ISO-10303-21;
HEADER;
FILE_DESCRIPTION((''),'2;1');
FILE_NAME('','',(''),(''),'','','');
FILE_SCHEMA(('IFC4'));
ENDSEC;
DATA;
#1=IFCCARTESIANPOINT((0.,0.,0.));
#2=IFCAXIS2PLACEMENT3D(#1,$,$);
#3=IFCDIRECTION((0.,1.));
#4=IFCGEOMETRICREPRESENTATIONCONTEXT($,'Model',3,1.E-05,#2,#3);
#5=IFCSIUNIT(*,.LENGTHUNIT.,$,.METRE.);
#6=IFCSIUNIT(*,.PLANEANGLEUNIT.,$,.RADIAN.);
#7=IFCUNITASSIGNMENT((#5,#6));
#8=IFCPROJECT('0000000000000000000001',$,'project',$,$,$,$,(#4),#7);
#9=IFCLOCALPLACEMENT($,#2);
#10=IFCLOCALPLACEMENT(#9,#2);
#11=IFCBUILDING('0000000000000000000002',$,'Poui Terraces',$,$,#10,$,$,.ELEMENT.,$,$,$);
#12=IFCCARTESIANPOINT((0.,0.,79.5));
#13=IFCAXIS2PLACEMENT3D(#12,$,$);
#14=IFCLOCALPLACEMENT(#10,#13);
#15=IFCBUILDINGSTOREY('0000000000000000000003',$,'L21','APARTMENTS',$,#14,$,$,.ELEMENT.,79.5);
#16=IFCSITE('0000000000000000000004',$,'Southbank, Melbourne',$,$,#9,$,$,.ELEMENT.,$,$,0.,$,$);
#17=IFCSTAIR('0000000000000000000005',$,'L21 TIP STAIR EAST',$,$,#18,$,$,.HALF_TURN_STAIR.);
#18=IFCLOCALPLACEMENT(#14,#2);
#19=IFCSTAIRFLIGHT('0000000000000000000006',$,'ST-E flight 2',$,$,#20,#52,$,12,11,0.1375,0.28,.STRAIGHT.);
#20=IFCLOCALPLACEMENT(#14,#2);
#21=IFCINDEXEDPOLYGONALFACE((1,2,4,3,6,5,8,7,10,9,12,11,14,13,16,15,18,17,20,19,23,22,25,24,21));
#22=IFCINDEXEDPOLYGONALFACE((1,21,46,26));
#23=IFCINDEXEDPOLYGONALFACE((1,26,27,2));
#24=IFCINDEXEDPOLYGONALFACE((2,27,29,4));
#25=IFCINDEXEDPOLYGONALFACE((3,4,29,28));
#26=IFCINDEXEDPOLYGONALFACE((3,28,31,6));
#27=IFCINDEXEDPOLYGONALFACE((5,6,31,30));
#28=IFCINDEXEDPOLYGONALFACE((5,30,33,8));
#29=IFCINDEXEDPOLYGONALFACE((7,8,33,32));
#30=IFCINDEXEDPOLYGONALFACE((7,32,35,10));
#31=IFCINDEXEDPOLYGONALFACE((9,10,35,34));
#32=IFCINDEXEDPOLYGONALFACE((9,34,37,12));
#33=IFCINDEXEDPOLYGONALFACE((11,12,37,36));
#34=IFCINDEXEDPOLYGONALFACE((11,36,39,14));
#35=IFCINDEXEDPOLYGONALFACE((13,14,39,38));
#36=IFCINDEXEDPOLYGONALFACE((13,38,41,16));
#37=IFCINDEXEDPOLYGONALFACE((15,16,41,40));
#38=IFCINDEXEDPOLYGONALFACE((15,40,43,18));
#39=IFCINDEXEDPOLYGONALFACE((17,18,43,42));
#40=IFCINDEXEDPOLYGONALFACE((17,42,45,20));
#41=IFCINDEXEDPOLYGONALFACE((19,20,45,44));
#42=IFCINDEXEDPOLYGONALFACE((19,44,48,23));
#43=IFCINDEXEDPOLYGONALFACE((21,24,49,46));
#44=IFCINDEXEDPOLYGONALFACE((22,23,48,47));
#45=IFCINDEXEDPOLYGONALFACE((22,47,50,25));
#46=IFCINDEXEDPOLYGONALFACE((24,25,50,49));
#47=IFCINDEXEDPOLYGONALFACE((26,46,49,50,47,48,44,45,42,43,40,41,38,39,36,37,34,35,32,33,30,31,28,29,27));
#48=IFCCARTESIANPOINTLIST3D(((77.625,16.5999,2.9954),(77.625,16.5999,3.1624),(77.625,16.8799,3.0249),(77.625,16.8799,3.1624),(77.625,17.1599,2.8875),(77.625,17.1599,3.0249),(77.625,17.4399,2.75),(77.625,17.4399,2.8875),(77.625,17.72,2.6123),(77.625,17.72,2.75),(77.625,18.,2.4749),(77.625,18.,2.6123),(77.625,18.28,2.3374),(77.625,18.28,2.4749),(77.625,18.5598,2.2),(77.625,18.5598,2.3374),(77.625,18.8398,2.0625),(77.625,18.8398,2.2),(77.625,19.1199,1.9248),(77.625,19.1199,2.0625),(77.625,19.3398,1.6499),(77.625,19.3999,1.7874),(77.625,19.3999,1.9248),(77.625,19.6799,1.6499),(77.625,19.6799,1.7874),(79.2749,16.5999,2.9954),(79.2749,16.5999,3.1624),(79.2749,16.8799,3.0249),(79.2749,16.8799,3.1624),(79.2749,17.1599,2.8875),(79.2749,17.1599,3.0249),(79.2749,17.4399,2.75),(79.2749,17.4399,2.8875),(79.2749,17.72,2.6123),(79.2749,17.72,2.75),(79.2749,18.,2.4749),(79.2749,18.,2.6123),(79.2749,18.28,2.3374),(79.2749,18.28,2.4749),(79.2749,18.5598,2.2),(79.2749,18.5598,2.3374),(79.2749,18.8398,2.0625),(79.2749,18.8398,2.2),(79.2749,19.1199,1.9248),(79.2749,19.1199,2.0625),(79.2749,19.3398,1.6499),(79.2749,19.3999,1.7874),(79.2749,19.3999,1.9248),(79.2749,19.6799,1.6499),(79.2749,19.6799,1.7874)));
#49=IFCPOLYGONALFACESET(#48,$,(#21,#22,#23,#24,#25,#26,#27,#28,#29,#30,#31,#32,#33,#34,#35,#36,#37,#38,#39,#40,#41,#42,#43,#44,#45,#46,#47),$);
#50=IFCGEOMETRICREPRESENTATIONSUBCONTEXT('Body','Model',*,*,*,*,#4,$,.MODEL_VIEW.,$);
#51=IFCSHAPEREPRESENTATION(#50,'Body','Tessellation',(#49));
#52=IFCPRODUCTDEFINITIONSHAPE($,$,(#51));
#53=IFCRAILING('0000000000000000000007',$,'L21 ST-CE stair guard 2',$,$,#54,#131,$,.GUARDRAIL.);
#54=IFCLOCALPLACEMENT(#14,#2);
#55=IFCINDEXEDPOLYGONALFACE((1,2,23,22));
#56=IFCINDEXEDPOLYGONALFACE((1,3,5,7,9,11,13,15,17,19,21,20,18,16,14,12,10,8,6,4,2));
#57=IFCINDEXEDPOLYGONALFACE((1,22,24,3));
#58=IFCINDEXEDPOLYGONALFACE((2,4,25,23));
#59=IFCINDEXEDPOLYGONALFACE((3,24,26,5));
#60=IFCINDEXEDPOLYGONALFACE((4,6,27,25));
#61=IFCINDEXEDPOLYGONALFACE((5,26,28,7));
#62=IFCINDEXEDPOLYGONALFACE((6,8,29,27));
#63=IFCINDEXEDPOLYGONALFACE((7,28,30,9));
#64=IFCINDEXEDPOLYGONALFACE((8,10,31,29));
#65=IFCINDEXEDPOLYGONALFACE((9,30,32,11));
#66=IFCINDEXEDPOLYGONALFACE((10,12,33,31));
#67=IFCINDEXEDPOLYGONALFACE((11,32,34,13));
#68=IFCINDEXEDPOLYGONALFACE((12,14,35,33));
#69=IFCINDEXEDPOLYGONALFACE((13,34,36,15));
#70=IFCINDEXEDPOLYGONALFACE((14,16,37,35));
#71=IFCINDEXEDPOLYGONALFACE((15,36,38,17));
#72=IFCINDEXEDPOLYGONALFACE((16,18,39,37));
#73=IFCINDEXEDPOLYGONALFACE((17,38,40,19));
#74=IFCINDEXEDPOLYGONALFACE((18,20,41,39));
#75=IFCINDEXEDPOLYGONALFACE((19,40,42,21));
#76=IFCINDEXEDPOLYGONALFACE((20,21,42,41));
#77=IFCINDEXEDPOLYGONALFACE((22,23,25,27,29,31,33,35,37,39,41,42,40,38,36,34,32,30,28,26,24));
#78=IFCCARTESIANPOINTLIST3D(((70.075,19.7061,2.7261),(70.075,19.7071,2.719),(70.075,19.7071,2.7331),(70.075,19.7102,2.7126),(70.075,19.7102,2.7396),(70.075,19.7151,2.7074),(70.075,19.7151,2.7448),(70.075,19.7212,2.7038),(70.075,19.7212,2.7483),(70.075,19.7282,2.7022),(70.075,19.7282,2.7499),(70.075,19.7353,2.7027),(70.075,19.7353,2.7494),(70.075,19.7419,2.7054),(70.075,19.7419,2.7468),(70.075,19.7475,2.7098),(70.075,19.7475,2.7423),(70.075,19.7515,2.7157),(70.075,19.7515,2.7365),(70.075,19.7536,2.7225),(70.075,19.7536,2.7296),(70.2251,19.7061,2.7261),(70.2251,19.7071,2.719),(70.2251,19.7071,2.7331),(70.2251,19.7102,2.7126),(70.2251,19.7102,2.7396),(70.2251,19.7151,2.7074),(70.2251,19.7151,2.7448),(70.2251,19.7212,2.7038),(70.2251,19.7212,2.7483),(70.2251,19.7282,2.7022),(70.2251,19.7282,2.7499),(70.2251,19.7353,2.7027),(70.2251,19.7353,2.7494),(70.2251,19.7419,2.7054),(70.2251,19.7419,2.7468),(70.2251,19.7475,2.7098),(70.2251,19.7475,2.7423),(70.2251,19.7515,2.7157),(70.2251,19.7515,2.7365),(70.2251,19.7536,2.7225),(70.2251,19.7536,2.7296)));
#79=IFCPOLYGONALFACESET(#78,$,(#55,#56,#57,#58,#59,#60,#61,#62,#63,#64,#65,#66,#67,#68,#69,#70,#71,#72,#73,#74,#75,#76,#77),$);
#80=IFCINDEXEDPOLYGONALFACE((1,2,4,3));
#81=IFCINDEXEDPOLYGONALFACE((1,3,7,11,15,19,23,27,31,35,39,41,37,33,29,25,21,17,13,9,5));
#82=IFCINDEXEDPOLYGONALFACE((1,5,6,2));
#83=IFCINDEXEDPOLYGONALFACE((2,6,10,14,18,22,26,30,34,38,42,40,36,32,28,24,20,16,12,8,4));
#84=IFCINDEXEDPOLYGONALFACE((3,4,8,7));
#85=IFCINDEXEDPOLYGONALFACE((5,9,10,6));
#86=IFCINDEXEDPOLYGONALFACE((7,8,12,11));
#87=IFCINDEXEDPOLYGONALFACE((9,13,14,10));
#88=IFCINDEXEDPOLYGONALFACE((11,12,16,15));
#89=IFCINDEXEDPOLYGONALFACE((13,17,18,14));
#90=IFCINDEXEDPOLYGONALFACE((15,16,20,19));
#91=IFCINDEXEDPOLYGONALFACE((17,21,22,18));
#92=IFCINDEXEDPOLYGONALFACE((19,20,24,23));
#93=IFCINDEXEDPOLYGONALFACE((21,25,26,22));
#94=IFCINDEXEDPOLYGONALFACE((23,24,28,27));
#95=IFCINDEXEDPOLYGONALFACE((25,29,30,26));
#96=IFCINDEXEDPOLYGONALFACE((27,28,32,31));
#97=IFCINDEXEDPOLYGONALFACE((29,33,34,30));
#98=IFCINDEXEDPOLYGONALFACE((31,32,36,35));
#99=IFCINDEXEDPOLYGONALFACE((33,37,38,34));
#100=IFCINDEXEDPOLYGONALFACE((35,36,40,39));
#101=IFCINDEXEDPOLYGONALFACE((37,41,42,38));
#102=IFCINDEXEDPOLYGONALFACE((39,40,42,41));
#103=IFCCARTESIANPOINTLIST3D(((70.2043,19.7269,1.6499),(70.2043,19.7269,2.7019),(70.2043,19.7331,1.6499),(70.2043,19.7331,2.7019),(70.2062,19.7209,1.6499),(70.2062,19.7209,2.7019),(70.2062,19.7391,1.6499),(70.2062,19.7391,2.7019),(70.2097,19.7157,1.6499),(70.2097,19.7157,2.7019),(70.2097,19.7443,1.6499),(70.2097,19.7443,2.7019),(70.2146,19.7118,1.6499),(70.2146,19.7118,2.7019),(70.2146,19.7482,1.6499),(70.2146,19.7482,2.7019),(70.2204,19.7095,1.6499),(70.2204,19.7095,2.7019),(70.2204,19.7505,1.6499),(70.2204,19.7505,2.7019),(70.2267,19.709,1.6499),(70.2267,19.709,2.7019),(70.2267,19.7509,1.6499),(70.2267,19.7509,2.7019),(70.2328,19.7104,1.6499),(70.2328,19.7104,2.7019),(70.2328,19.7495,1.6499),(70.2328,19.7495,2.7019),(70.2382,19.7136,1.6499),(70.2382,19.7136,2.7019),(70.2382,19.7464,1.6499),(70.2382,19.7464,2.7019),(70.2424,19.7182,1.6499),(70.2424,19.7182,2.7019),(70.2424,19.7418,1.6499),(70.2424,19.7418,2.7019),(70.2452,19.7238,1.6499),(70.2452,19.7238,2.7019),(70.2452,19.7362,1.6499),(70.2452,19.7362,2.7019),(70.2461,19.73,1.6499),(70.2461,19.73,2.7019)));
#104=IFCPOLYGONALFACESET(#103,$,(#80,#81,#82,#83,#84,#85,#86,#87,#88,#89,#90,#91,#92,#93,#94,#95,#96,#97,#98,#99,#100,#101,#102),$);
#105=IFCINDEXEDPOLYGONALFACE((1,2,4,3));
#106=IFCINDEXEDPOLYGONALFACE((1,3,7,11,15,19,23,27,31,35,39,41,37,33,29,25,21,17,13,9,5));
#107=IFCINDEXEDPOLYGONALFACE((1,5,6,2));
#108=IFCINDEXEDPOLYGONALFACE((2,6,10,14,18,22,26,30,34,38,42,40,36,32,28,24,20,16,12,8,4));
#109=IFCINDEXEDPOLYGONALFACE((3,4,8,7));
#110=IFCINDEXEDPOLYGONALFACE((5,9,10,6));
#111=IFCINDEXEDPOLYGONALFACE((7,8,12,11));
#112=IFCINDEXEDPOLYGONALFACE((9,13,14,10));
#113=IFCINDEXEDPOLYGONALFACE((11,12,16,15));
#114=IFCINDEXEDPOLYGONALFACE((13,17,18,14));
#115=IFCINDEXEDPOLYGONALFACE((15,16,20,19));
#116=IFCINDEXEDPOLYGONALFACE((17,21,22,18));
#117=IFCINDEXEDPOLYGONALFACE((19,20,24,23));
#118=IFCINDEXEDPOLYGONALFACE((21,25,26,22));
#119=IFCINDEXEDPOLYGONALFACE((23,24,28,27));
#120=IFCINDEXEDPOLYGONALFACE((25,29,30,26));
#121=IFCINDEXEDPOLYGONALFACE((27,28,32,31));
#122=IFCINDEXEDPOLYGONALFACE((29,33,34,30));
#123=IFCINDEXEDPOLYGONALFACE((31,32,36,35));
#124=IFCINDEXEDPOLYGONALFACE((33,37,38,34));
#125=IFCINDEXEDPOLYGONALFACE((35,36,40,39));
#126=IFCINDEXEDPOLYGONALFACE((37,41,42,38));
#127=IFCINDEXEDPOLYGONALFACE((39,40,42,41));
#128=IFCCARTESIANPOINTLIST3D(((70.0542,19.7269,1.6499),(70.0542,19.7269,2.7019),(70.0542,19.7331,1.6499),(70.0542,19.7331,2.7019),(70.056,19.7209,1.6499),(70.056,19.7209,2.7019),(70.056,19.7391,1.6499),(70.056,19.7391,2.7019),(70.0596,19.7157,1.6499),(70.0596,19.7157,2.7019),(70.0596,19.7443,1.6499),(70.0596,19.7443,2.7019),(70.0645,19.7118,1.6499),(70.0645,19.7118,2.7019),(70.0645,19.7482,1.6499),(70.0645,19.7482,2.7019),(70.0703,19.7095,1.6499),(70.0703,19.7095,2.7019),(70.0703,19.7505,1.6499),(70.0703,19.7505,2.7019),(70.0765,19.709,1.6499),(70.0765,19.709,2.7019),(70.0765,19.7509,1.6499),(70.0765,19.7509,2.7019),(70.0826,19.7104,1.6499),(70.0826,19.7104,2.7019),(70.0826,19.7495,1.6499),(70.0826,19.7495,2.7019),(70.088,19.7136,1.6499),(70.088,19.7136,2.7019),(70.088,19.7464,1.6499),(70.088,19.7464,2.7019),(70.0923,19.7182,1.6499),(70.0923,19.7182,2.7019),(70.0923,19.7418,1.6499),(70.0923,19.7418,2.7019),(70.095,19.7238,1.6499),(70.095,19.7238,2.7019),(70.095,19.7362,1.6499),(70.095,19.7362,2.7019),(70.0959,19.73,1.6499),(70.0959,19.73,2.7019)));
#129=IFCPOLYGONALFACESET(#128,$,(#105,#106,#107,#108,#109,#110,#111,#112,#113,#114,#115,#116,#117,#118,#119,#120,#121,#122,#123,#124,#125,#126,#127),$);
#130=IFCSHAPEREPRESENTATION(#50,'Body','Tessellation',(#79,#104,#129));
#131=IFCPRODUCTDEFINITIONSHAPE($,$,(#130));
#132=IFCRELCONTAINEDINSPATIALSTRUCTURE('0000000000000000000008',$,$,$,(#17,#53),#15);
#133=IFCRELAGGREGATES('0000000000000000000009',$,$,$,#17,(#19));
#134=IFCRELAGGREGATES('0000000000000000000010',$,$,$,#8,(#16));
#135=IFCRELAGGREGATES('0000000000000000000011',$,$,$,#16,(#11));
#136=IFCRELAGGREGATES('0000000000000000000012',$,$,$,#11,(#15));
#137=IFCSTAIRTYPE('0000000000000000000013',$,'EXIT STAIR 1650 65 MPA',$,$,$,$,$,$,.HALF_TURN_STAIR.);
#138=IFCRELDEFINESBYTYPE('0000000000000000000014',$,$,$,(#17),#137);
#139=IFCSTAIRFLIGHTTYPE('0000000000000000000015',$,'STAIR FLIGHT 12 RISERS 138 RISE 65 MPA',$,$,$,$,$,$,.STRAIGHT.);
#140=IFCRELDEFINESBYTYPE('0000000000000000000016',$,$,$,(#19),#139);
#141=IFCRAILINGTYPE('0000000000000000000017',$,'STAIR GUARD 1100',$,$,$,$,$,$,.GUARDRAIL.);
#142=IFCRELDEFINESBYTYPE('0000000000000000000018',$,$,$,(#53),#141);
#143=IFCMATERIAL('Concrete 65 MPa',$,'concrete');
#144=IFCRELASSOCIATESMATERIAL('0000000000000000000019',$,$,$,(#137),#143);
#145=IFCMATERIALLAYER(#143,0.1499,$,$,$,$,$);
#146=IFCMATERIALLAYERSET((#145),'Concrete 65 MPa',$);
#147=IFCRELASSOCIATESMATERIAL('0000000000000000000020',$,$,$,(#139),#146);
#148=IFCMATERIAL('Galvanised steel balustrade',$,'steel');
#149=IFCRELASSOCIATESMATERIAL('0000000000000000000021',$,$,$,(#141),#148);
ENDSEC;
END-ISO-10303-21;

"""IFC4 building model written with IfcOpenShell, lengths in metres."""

from ifc_helpers import new_model, si_unit, direction, frame, origin, origin_2d, place, context, subcontext, project, spatial, polyline, circle, outline, extrude, material, layer, layer_set, type_object, element, aggregate, save


model = new_model("IFC4")

# Units and contexts
model_context = context("Model", 3, precision=1e-05, world=origin(), true_north=direction((0.0, 1.0)))
body_context = subcontext(model_context, "Body", "Model", "MODEL_VIEW")
ifc_project = project(units=[si_unit("LENGTHUNIT", "METRE"), si_unit("PLANEANGLEUNIT", "RADIAN")], contexts=[model_context])

# Site, building, storey
site_placement = place(None, origin())
site = spatial("IfcSite", under=ifc_project, at=site_placement, Name="Southbank, Melbourne", CompositionType="ELEMENT", RefElevation=0.0)
building_placement = place(site_placement, origin())
building = spatial("IfcBuilding", under=site, at=building_placement, Name="Poui Terraces", CompositionType="ELEMENT")
storey_placement = place(building_placement, frame((0.0, 0.0, 79.5)))
storey = spatial("IfcBuildingStorey", under=building, at=storey_placement, Name="L21", Description="APARTMENTS", CompositionType="ELEMENT", Elevation=79.5)

# Shared definitions
ifc_material_1 = material(Name="Concrete 65 MPa", Category="concrete")

# Shared definitions
stair_type = type_object("IfcStairType", Name="EXIT STAIR 1650 65 MPA", PredefinedType="HALF_TURN_STAIR", material=ifc_material_1)
ifc_layer_1 = layer(ifc_material_1, 0.1499)
ifc_layer_set_1 = layer_set([ifc_layer_1], Name="Concrete 65 MPa")
stair_flight_type = type_object("IfcStairFlightType", Name="STAIR FLIGHT 12 RISERS 138 RISE 65 MPA", PredefinedType="STRAIGHT", material=ifc_layer_set_1)

# Stair, stair flight
stair_1_placement = place(storey_placement, origin())
stair_1 = element("IfcStair", 1, at=stair_1_placement, inside=storey, type_object=stair_type, Name="L21 TIP STAIR EAST", PredefinedType="HALF_TURN_STAIR")
stair_flight_1_placement = place(storey_placement, frame((78.45, 19.6799, 1.6499), z_axis=(0.0, 0.0, 1.0), x_axis=(0.0, -1.0, 0.0)))
stair_flight_1 = element("IfcStairFlight", 2, at=stair_flight_1_placement, type_object=stair_flight_type, Name="ST-E flight 2", NumberOfRisers=12, NumberOfTreads=11, PredefinedType="STRAIGHT", RiserHeight=0.1375, TreadLength=0.28, context=body_context, shape_type="SweptSolid", body=[
    extrude(outline(polyline([(0.0, 0.0), (0.0, 0.1375), (0.28, 0.1375), (0.28, 0.2749), (0.5601, 0.2749), (0.5601, 0.4126), (0.8401, 0.4126), (0.8401, 0.55), (1.1201, 0.55), (1.1201, 0.6875), (1.3999, 0.6875), (1.3999, 0.825), (1.6799, 0.825), (1.6799, 0.9624), (1.96, 0.9624), (1.96, 1.1001), (2.24, 1.1001), (2.24, 1.2375), (2.52, 1.2375), (2.52, 1.375), (2.8, 1.375), (2.8, 1.5125), (3.0801, 1.5125), (3.0801, 1.6499), (3.0801, 1.3455), (0.3401, 0.0), (0.0, 0.0)])), frame((0.0, 0.825, 0.0), z_axis=(0.0, -1.0, 0.0), x_axis=(1.0, 0.0, 0.0)), (0.0, 0.0, 1.0), 1.6499),
])
aggregate(stair_1, [stair_flight_1])

# Railing
ifc_material_2 = material(Name="Galvanised steel balustrade", Category="steel")
railing_type_1 = type_object("IfcRailingType", Name="STAIR GUARD 1100", PredefinedType="GUARDRAIL", material=ifc_material_2)
railing_1_placement = place(storey_placement, frame((70.2251, 19.73, 1.6499)))
element("IfcRailing", 3, at=railing_1_placement, inside=storey, type_object=railing_type_1, Name="L21 ST-CE stair guard 2", PredefinedType="GUARDRAIL", context=body_context, shape_type="SweptSolid", body=[
    extrude(circle(Radius=0.0239, at=origin_2d()), frame((0.0, 0.0, 1.0762), z_axis=(-1.0, 0.0, 0.0), x_axis=(0.0, -1.0, 0.0)), (0.0, 0.0, 1.0), 0.1501),
    extrude(circle(Radius=0.021, at=origin_2d()), origin(), (0.0, 0.0, 1.0), 1.052),
    extrude(circle(Radius=0.021, at=origin_2d()), frame((-0.1501, 0.0, 0.0)), (0.0, 0.0, 1.0), 1.052),
])

save(model, "model.ifc")
